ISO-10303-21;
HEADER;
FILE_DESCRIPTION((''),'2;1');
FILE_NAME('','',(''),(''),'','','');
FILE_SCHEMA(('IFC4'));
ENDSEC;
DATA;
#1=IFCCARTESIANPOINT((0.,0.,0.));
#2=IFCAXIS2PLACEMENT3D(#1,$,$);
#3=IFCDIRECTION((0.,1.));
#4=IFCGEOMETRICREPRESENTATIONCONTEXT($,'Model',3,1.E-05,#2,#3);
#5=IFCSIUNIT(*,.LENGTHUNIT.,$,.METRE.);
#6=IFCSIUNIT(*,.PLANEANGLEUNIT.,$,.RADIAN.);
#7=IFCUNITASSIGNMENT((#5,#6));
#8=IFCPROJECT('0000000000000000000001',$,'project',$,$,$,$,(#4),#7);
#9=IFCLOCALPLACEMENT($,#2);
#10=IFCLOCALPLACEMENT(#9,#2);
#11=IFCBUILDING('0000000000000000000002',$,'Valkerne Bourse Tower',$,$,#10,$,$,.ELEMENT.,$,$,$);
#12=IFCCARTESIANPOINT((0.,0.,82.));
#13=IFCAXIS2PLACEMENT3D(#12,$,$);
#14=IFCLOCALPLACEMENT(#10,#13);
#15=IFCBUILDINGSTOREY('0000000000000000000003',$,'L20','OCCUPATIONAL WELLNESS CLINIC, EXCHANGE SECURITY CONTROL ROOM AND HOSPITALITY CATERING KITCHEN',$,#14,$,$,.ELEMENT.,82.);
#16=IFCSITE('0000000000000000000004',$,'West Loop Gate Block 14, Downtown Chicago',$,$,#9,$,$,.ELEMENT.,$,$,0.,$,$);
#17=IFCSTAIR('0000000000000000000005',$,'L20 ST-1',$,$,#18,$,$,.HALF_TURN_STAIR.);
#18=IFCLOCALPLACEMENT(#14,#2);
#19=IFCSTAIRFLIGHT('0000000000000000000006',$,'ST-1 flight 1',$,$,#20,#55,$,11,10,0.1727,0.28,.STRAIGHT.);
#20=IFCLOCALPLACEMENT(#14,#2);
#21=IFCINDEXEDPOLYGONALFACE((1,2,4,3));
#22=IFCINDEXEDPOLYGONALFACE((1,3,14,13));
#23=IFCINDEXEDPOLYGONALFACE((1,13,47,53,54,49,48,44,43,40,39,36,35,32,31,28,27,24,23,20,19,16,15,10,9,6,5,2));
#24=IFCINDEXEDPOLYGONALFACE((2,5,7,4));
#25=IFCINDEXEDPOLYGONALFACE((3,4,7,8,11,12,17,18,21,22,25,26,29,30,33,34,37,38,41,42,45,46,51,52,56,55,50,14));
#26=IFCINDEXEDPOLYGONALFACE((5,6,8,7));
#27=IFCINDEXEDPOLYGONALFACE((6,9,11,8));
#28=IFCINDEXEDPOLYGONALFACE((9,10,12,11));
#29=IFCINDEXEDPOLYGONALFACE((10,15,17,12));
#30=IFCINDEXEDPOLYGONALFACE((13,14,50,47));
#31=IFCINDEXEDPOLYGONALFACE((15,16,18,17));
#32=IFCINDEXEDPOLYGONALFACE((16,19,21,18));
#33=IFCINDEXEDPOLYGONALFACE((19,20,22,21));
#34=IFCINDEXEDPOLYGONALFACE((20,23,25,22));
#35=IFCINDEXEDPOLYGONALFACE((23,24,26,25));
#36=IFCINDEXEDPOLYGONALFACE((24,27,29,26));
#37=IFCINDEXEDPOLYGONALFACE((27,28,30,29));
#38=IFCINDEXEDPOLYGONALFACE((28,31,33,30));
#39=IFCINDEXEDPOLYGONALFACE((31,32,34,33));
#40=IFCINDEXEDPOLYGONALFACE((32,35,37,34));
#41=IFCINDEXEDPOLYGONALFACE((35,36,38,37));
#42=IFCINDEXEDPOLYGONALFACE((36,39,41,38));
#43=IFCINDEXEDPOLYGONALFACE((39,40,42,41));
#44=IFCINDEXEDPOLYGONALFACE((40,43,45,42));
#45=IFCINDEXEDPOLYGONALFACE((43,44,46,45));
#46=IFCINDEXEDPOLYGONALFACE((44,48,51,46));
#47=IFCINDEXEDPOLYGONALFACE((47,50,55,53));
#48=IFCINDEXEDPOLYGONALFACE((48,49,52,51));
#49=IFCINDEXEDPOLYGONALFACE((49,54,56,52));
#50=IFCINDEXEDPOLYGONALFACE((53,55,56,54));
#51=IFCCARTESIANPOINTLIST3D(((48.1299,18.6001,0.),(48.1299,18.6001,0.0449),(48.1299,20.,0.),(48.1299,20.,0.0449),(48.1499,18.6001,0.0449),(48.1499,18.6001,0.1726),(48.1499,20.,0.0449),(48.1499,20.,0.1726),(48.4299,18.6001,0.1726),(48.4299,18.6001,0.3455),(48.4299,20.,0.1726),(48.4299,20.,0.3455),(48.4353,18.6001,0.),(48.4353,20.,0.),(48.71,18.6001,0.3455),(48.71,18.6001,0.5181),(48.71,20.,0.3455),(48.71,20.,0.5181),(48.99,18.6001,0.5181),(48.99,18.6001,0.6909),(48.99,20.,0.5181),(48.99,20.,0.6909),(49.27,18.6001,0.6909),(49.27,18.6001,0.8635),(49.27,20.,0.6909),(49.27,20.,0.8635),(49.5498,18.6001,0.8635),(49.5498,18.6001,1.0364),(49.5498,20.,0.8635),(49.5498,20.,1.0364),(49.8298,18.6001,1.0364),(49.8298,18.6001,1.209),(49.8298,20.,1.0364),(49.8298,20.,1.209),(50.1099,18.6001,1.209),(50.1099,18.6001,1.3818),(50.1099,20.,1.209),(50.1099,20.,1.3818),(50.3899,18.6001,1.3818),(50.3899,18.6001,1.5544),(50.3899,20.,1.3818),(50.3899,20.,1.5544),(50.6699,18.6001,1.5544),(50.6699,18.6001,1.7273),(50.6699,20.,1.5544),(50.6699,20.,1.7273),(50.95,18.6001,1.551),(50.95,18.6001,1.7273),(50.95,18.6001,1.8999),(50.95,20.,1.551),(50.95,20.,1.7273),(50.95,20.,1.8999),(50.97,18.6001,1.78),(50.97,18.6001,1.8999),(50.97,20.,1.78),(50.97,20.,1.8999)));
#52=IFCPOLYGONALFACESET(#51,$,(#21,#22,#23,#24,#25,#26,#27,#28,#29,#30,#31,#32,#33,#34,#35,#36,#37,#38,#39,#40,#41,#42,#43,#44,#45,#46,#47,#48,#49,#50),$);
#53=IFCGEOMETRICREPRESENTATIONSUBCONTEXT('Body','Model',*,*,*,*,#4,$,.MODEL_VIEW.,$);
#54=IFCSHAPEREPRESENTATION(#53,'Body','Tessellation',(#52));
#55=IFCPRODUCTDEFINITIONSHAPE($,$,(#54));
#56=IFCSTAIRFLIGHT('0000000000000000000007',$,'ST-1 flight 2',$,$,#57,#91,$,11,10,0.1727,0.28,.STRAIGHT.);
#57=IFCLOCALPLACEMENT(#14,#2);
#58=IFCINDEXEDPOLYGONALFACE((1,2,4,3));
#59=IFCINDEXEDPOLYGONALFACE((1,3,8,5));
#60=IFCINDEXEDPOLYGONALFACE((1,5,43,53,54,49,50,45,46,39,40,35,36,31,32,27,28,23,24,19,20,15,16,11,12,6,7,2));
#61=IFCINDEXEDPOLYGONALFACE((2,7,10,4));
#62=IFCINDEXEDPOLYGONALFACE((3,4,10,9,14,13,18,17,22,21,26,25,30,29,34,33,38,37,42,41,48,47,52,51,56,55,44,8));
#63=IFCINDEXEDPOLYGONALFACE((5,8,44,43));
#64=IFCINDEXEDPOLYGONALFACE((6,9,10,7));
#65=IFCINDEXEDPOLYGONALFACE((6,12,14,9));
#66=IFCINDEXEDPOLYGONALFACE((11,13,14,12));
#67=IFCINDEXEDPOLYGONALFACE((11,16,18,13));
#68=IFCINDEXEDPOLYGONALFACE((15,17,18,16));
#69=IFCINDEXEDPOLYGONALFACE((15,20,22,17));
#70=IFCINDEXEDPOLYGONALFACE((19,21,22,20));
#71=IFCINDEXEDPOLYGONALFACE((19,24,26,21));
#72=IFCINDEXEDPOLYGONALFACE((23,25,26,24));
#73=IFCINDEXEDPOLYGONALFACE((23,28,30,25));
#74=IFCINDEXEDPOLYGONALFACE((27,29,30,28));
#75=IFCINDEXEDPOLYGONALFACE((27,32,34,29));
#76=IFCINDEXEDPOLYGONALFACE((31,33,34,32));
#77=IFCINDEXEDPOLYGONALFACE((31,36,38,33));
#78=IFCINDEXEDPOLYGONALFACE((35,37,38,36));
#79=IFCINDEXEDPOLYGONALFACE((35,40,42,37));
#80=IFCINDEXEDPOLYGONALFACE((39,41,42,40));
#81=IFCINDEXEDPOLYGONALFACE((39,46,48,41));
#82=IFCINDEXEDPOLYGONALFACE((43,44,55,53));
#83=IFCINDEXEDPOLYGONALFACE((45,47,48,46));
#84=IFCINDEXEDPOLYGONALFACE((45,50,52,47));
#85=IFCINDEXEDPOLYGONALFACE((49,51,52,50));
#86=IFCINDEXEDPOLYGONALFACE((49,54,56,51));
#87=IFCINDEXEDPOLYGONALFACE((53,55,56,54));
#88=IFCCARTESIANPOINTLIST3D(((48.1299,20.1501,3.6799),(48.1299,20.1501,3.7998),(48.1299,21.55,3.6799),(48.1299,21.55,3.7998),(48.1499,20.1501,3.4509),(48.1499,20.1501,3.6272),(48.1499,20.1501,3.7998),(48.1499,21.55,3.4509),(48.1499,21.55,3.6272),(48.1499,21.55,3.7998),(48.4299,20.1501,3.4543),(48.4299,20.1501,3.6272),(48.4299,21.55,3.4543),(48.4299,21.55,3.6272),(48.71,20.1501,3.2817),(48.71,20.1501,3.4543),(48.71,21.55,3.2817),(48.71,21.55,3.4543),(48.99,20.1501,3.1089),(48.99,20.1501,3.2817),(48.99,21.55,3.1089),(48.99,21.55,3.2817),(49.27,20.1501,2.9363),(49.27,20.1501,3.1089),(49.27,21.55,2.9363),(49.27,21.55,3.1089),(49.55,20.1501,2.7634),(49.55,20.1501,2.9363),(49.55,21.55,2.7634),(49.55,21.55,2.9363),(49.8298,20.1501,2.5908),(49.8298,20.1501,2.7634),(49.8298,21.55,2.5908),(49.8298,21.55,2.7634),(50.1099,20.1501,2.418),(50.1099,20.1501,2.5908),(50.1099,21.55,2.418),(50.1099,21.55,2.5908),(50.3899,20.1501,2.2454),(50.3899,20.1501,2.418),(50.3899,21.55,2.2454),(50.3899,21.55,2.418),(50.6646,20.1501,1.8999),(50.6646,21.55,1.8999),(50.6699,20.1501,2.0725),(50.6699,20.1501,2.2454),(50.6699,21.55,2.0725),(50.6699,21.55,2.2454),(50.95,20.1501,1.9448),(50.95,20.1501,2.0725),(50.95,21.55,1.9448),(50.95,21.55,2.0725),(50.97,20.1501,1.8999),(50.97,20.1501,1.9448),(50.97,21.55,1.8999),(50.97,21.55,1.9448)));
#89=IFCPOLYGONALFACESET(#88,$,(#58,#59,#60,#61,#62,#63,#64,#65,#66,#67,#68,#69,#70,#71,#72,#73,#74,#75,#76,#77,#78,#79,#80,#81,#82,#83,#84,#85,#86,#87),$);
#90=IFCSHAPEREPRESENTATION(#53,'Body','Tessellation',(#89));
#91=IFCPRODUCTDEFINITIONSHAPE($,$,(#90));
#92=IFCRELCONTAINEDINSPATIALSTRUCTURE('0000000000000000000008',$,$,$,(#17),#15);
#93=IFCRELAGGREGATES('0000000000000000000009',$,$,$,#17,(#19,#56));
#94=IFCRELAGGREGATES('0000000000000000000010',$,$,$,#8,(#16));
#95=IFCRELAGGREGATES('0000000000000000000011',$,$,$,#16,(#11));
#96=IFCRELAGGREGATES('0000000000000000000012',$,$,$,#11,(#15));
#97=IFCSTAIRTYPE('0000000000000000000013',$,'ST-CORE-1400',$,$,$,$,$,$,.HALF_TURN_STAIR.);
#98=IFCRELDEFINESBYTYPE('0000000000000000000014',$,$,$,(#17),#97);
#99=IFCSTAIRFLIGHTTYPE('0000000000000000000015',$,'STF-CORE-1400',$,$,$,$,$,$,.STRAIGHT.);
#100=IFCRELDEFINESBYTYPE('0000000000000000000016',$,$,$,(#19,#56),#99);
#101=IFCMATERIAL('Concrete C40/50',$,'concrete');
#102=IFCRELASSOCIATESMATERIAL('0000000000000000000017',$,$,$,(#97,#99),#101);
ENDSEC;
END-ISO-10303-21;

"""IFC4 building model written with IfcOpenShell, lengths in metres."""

from ifc_helpers import new_model, si_unit, direction, frame, origin, place, context, subcontext, project, spatial, polyline, outline, extrude, material, type_object, element, aggregate, save


model = new_model("IFC4")

# Units and contexts
model_context = context("Model", 3, precision=1e-05, world=origin(), true_north=direction((0.0, 1.0)))
body_context = subcontext(model_context, "Body", "Model", "MODEL_VIEW")
ifc_project = project(units=[si_unit("LENGTHUNIT", "METRE"), si_unit("PLANEANGLEUNIT", "RADIAN")], contexts=[model_context])

# Site, building, storey
site_placement = place(None, origin())
site = spatial("IfcSite", under=ifc_project, at=site_placement, Name="West Loop Gate Block 14, Downtown Chicago", CompositionType="ELEMENT", RefElevation=0.0)
building_placement = place(site_placement, origin())
building = spatial("IfcBuilding", under=site, at=building_placement, Name="Valkerne Bourse Tower", CompositionType="ELEMENT")
storey_placement = place(building_placement, frame((0.0, 0.0, 82.0)))
storey = spatial("IfcBuildingStorey", under=building, at=storey_placement, Name="L20", Description="OCCUPATIONAL WELLNESS CLINIC, EXCHANGE SECURITY CONTROL ROOM AND HOSPITALITY CATERING KITCHEN", CompositionType="ELEMENT", Elevation=82.0)

# Stair, stair flights
ifc_material_1 = material(Name="Concrete C40/50", Category="concrete")
stair_type = type_object("IfcStairType", Name="ST-CORE-1400", PredefinedType="HALF_TURN_STAIR", material=ifc_material_1)
stair_placement = place(storey_placement, origin())
stair = element("IfcStair", 1, at=stair_placement, inside=storey, type_object=stair_type, Name="L20 ST-1", PredefinedType="HALF_TURN_STAIR")
stair_flight_type = type_object("IfcStairFlightType", Name="STF-CORE-1400", PredefinedType="STRAIGHT", material=ifc_material_1)
stair_flight_1_placement = place(storey_placement, frame((48.1499, 19.3, 0.0), z_axis=(0.0, 0.0, 1.0), x_axis=(1.0, 0.0, 0.0)))
stair_flight_1 = element("IfcStairFlight", 2, at=stair_flight_1_placement, type_object=stair_flight_type, Name="ST-1 flight 1", NumberOfRisers=11, NumberOfTreads=10, PredefinedType="STRAIGHT", RiserHeight=0.1727, TreadLength=0.28, context=body_context, shape_type="SweptSolid", body=[
    extrude(outline(polyline([(-0.02, 0.0), (-0.02, 0.0449), (0.0, 0.0449), (0.0, 0.1726), (0.28, 0.1726), (0.28, 0.3455), (0.5601, 0.3455), (0.5601, 0.5181), (0.8401, 0.5181), (0.8401, 0.6909), (1.1201, 0.6909), (1.1201, 0.8635), (1.3999, 0.8635), (1.3999, 1.0364), (1.6799, 1.0364), (1.6799, 1.209), (1.96, 1.209), (1.96, 1.3818), (2.24, 1.3818), (2.24, 1.5544), (2.52, 1.5544), (2.52, 1.7273), (2.8, 1.7273), (2.8, 1.8999), (2.8201, 1.8999), (2.8201, 1.78), (2.8, 1.551), (0.2854, 0.0), (-0.02, 0.0)])), frame((0.0, 0.7, 0.0), z_axis=(0.0, -1.0, 0.0), x_axis=(1.0, 0.0, 0.0)), (0.0, 0.0, 1.0), 1.3999),
])
stair_flight_2_placement = place(storey_placement, frame((50.95, 20.8501, 1.8999), z_axis=(0.0, 0.0, 1.0), x_axis=(-1.0, 0.0, 0.0)))
stair_flight_2 = element("IfcStairFlight", 3, at=stair_flight_2_placement, type_object=stair_flight_type, Name="ST-1 flight 2", NumberOfRisers=11, NumberOfTreads=10, PredefinedType="STRAIGHT", RiserHeight=0.1727, TreadLength=0.28, context=body_context, shape_type="SweptSolid", body=[
    extrude(outline(polyline([(-0.02, 0.0), (-0.02, 0.0449), (0.0, 0.0449), (0.0, 0.1726), (0.28, 0.1726), (0.28, 0.3455), (0.5601, 0.3455), (0.5601, 0.5181), (0.8401, 0.5181), (0.8401, 0.6909), (1.1201, 0.6909), (1.1201, 0.8635), (1.3999, 0.8635), (1.3999, 1.0364), (1.6799, 1.0364), (1.6799, 1.209), (1.96, 1.209), (1.96, 1.3818), (2.24, 1.3818), (2.24, 1.5544), (2.52, 1.5544), (2.52, 1.7273), (2.8, 1.7273), (2.8, 1.8999), (2.8201, 1.8999), (2.8201, 1.78), (2.8, 1.551), (0.2854, 0.0), (-0.02, 0.0)])), frame((0.0, 0.7, 0.0), z_axis=(0.0, -1.0, 0.0), x_axis=(1.0, 0.0, 0.0)), (0.0, 0.0, 1.0), 1.3999),
])
aggregate(stair, [stair_flight_1, stair_flight_2])

save(model, "model.ifc")
